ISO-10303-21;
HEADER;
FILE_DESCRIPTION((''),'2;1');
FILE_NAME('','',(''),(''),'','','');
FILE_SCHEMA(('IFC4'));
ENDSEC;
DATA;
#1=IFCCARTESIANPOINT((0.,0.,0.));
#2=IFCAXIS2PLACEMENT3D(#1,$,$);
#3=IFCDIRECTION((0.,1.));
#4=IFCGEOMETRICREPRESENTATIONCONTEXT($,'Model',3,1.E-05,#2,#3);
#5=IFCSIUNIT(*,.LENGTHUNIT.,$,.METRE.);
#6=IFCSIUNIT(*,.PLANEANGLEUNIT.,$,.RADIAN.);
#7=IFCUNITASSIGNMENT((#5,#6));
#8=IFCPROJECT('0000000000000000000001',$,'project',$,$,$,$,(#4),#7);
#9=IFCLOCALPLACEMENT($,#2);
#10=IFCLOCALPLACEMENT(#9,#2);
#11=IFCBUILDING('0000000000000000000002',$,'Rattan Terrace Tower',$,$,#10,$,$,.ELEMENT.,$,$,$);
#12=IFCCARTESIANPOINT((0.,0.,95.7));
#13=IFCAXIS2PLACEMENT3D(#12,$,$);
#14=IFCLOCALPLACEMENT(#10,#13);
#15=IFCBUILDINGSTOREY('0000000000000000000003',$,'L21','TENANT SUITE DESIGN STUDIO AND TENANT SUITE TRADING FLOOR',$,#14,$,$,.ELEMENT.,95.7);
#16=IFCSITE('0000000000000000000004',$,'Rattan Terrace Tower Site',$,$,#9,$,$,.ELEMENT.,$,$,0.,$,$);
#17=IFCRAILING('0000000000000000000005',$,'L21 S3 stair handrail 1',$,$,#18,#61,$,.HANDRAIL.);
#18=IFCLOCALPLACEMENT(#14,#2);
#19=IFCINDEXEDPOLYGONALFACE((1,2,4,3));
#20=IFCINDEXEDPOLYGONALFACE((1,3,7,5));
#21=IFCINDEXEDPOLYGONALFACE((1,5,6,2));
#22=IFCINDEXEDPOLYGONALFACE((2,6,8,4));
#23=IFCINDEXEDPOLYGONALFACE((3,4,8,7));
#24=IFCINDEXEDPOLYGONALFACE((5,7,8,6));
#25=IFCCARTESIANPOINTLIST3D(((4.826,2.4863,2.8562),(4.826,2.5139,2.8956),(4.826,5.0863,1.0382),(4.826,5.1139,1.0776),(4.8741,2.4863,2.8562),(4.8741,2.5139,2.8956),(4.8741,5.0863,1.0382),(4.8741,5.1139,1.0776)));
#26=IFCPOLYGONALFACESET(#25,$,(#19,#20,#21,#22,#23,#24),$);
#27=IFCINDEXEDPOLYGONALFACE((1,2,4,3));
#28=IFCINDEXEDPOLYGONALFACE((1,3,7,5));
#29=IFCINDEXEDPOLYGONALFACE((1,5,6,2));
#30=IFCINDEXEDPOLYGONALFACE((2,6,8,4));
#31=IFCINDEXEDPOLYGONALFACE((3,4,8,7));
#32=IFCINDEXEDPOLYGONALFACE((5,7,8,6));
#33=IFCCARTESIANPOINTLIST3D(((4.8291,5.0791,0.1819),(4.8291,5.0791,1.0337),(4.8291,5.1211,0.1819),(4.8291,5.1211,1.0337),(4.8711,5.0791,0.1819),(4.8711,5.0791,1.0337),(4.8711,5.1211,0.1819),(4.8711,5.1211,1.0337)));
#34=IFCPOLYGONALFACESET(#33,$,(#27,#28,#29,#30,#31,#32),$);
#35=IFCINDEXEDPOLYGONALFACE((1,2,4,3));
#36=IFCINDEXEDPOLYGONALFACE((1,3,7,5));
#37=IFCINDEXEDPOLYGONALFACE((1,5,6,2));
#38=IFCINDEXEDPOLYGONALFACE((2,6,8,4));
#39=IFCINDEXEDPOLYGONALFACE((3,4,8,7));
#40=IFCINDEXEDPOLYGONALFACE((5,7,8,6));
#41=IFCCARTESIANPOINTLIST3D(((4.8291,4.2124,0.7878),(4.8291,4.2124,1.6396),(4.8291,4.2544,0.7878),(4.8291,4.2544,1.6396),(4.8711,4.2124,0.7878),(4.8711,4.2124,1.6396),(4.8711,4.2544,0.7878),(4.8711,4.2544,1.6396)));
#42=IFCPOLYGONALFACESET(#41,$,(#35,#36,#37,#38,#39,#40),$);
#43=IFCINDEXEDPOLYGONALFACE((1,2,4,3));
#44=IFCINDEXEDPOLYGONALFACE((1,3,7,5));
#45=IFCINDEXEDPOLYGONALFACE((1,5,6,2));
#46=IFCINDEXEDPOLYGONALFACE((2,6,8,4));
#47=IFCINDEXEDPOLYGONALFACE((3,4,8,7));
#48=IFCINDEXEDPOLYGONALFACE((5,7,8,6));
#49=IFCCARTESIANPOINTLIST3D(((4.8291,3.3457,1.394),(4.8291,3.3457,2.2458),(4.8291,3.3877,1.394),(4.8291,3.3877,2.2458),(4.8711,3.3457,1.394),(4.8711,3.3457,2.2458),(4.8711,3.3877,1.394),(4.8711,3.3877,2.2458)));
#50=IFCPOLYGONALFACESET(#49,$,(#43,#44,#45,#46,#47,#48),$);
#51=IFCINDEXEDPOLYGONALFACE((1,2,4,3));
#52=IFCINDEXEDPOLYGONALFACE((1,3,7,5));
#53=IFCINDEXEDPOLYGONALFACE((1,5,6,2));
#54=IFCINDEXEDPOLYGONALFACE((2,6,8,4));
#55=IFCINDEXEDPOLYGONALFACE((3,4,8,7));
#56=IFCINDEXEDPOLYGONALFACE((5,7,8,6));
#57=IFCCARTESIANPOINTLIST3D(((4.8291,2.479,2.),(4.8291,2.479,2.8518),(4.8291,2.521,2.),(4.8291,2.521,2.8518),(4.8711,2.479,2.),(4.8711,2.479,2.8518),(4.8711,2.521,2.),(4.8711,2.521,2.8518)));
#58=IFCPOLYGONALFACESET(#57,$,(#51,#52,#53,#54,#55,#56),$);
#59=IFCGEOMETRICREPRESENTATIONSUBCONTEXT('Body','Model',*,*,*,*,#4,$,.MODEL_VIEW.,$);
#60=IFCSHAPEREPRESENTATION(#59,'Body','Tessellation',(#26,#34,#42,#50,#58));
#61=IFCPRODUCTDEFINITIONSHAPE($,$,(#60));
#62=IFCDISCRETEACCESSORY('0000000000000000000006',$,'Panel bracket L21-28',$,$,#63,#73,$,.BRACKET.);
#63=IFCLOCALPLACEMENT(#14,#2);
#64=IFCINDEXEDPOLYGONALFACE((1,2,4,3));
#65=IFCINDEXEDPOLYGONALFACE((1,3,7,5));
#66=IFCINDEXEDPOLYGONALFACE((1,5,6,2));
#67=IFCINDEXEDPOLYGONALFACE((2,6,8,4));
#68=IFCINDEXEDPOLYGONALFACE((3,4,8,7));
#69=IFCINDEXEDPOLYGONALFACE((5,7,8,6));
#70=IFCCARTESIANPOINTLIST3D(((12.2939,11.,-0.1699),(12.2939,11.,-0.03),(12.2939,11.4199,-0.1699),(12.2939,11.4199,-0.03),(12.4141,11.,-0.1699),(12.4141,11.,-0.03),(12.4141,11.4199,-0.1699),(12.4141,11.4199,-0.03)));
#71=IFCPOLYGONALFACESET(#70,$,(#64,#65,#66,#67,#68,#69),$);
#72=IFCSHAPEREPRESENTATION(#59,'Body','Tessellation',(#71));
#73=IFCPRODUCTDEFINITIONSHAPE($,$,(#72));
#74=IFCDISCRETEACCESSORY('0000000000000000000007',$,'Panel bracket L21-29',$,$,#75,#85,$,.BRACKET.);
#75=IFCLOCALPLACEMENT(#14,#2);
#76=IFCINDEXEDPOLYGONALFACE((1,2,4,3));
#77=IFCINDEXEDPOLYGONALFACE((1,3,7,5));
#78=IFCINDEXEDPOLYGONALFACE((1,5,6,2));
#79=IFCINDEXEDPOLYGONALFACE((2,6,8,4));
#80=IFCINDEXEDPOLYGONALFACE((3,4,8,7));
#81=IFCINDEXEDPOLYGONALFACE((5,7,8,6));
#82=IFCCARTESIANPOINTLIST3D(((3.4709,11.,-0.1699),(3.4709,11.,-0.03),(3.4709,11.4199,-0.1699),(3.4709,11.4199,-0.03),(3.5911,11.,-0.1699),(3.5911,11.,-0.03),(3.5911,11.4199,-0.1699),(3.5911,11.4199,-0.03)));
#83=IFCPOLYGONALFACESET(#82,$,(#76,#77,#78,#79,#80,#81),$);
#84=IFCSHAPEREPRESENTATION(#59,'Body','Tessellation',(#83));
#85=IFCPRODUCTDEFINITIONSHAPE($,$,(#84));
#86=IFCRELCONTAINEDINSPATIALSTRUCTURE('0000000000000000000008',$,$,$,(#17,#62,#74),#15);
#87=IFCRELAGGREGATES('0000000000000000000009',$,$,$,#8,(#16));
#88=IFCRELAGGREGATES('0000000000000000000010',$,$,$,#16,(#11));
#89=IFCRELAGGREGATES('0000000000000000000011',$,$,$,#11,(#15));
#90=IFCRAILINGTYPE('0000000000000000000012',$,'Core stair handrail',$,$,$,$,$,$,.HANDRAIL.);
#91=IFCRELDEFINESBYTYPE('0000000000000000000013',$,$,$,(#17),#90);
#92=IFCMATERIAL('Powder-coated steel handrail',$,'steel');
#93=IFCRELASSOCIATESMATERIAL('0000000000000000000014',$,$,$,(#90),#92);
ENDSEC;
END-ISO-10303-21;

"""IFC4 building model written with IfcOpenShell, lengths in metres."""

from ifc_helpers import new_model, si_unit, direction, frame, origin, origin_2d, place, context, subcontext, project, spatial, rectangle, extrude, material, type_object, element, save


model = new_model("IFC4")

# Units and contexts
model_context = context("Model", 3, precision=1e-05, world=origin(), true_north=direction((0.0, 1.0)))
body_context = subcontext(model_context, "Body", "Model", "MODEL_VIEW")
ifc_project = project(units=[si_unit("LENGTHUNIT", "METRE"), si_unit("PLANEANGLEUNIT", "RADIAN")], contexts=[model_context])

# Site, building, storey
site_placement = place(None, origin())
site = spatial("IfcSite", under=ifc_project, at=site_placement, Name="Rattan Terrace Tower Site", CompositionType="ELEMENT", RefElevation=0.0)
building_placement = place(site_placement, origin())
building = spatial("IfcBuilding", under=site, at=building_placement, Name="Rattan Terrace Tower", CompositionType="ELEMENT")
storey_placement = place(building_placement, frame((0.0, 0.0, 95.7)))
storey = spatial("IfcBuildingStorey", under=building, at=storey_placement, Name="L21", Description="TENANT SUITE DESIGN STUDIO AND TENANT SUITE TRADING FLOOR", CompositionType="ELEMENT", Elevation=95.7)

# Railing
ifc_material_1 = material(Name="Powder-coated steel handrail", Category="steel")
railing_type_1 = type_object("IfcRailingType", Name="Core stair handrail", PredefinedType="HANDRAIL", material=ifc_material_1)
railing_1_placement = place(storey_placement, frame((4.8501, 5.1001, 0.1819)))
element("IfcRailing", 1, at=railing_1_placement, inside=storey, type_object=railing_type_1, Name="L21 S3 stair handrail 1", PredefinedType="HANDRAIL", context=body_context, shape_type="SweptSolid", body=[
    extrude(rectangle(XDim=0.0481, YDim=0.0481, at=origin_2d()), frame((0.0, 0.0, 0.876), z_axis=(0.0, -0.819521, 0.573049), x_axis=(1.0, 0.0, 0.0)), (0.0, 0.0, 1.0), 3.1726),
    extrude(rectangle(XDim=0.042, YDim=0.042, at=origin_2d()), origin(), (0.0, 0.0, 1.0), 0.8518),
    extrude(rectangle(XDim=0.042, YDim=0.042, at=origin_2d()), frame((0.0, -0.8667, 0.606)), (0.0, 0.0, 1.0), 0.8518),
    extrude(rectangle(XDim=0.042, YDim=0.042, at=origin_2d()), frame((0.0, -1.7334, 1.2122)), (0.0, 0.0, 1.0), 0.8518),
    extrude(rectangle(XDim=0.042, YDim=0.042, at=origin_2d()), frame((0.0, -2.6001, 1.8181)), (0.0, 0.0, 1.0), 0.8518),
])

# Discrete accessories
for number, where, z_axis, x_axis, name in (
    (2, (12.354, 11.21, -0.1699), (0.0, 0.0, 1.0), (-1.0, 0.0, 0.0), "Panel bracket L21-28"),
    (3, (3.531, 11.21, -0.1699), (0.0, 0.0, 1.0), (-1.0, 0.0, 0.0), "Panel bracket L21-29"),
):
    element("IfcDiscreteAccessory", number, at=place(storey_placement, frame(where, z_axis=z_axis, x_axis=x_axis)), inside=storey, Name=name, PredefinedType="BRACKET", context=body_context, shape_type="SweptSolid", body=[
        extrude(rectangle(XDim=0.1201, YDim=0.4199, at=origin_2d()), origin(), (0.0, 0.0, 1.0), 0.1399),
    ])

save(model, "model.ifc")
